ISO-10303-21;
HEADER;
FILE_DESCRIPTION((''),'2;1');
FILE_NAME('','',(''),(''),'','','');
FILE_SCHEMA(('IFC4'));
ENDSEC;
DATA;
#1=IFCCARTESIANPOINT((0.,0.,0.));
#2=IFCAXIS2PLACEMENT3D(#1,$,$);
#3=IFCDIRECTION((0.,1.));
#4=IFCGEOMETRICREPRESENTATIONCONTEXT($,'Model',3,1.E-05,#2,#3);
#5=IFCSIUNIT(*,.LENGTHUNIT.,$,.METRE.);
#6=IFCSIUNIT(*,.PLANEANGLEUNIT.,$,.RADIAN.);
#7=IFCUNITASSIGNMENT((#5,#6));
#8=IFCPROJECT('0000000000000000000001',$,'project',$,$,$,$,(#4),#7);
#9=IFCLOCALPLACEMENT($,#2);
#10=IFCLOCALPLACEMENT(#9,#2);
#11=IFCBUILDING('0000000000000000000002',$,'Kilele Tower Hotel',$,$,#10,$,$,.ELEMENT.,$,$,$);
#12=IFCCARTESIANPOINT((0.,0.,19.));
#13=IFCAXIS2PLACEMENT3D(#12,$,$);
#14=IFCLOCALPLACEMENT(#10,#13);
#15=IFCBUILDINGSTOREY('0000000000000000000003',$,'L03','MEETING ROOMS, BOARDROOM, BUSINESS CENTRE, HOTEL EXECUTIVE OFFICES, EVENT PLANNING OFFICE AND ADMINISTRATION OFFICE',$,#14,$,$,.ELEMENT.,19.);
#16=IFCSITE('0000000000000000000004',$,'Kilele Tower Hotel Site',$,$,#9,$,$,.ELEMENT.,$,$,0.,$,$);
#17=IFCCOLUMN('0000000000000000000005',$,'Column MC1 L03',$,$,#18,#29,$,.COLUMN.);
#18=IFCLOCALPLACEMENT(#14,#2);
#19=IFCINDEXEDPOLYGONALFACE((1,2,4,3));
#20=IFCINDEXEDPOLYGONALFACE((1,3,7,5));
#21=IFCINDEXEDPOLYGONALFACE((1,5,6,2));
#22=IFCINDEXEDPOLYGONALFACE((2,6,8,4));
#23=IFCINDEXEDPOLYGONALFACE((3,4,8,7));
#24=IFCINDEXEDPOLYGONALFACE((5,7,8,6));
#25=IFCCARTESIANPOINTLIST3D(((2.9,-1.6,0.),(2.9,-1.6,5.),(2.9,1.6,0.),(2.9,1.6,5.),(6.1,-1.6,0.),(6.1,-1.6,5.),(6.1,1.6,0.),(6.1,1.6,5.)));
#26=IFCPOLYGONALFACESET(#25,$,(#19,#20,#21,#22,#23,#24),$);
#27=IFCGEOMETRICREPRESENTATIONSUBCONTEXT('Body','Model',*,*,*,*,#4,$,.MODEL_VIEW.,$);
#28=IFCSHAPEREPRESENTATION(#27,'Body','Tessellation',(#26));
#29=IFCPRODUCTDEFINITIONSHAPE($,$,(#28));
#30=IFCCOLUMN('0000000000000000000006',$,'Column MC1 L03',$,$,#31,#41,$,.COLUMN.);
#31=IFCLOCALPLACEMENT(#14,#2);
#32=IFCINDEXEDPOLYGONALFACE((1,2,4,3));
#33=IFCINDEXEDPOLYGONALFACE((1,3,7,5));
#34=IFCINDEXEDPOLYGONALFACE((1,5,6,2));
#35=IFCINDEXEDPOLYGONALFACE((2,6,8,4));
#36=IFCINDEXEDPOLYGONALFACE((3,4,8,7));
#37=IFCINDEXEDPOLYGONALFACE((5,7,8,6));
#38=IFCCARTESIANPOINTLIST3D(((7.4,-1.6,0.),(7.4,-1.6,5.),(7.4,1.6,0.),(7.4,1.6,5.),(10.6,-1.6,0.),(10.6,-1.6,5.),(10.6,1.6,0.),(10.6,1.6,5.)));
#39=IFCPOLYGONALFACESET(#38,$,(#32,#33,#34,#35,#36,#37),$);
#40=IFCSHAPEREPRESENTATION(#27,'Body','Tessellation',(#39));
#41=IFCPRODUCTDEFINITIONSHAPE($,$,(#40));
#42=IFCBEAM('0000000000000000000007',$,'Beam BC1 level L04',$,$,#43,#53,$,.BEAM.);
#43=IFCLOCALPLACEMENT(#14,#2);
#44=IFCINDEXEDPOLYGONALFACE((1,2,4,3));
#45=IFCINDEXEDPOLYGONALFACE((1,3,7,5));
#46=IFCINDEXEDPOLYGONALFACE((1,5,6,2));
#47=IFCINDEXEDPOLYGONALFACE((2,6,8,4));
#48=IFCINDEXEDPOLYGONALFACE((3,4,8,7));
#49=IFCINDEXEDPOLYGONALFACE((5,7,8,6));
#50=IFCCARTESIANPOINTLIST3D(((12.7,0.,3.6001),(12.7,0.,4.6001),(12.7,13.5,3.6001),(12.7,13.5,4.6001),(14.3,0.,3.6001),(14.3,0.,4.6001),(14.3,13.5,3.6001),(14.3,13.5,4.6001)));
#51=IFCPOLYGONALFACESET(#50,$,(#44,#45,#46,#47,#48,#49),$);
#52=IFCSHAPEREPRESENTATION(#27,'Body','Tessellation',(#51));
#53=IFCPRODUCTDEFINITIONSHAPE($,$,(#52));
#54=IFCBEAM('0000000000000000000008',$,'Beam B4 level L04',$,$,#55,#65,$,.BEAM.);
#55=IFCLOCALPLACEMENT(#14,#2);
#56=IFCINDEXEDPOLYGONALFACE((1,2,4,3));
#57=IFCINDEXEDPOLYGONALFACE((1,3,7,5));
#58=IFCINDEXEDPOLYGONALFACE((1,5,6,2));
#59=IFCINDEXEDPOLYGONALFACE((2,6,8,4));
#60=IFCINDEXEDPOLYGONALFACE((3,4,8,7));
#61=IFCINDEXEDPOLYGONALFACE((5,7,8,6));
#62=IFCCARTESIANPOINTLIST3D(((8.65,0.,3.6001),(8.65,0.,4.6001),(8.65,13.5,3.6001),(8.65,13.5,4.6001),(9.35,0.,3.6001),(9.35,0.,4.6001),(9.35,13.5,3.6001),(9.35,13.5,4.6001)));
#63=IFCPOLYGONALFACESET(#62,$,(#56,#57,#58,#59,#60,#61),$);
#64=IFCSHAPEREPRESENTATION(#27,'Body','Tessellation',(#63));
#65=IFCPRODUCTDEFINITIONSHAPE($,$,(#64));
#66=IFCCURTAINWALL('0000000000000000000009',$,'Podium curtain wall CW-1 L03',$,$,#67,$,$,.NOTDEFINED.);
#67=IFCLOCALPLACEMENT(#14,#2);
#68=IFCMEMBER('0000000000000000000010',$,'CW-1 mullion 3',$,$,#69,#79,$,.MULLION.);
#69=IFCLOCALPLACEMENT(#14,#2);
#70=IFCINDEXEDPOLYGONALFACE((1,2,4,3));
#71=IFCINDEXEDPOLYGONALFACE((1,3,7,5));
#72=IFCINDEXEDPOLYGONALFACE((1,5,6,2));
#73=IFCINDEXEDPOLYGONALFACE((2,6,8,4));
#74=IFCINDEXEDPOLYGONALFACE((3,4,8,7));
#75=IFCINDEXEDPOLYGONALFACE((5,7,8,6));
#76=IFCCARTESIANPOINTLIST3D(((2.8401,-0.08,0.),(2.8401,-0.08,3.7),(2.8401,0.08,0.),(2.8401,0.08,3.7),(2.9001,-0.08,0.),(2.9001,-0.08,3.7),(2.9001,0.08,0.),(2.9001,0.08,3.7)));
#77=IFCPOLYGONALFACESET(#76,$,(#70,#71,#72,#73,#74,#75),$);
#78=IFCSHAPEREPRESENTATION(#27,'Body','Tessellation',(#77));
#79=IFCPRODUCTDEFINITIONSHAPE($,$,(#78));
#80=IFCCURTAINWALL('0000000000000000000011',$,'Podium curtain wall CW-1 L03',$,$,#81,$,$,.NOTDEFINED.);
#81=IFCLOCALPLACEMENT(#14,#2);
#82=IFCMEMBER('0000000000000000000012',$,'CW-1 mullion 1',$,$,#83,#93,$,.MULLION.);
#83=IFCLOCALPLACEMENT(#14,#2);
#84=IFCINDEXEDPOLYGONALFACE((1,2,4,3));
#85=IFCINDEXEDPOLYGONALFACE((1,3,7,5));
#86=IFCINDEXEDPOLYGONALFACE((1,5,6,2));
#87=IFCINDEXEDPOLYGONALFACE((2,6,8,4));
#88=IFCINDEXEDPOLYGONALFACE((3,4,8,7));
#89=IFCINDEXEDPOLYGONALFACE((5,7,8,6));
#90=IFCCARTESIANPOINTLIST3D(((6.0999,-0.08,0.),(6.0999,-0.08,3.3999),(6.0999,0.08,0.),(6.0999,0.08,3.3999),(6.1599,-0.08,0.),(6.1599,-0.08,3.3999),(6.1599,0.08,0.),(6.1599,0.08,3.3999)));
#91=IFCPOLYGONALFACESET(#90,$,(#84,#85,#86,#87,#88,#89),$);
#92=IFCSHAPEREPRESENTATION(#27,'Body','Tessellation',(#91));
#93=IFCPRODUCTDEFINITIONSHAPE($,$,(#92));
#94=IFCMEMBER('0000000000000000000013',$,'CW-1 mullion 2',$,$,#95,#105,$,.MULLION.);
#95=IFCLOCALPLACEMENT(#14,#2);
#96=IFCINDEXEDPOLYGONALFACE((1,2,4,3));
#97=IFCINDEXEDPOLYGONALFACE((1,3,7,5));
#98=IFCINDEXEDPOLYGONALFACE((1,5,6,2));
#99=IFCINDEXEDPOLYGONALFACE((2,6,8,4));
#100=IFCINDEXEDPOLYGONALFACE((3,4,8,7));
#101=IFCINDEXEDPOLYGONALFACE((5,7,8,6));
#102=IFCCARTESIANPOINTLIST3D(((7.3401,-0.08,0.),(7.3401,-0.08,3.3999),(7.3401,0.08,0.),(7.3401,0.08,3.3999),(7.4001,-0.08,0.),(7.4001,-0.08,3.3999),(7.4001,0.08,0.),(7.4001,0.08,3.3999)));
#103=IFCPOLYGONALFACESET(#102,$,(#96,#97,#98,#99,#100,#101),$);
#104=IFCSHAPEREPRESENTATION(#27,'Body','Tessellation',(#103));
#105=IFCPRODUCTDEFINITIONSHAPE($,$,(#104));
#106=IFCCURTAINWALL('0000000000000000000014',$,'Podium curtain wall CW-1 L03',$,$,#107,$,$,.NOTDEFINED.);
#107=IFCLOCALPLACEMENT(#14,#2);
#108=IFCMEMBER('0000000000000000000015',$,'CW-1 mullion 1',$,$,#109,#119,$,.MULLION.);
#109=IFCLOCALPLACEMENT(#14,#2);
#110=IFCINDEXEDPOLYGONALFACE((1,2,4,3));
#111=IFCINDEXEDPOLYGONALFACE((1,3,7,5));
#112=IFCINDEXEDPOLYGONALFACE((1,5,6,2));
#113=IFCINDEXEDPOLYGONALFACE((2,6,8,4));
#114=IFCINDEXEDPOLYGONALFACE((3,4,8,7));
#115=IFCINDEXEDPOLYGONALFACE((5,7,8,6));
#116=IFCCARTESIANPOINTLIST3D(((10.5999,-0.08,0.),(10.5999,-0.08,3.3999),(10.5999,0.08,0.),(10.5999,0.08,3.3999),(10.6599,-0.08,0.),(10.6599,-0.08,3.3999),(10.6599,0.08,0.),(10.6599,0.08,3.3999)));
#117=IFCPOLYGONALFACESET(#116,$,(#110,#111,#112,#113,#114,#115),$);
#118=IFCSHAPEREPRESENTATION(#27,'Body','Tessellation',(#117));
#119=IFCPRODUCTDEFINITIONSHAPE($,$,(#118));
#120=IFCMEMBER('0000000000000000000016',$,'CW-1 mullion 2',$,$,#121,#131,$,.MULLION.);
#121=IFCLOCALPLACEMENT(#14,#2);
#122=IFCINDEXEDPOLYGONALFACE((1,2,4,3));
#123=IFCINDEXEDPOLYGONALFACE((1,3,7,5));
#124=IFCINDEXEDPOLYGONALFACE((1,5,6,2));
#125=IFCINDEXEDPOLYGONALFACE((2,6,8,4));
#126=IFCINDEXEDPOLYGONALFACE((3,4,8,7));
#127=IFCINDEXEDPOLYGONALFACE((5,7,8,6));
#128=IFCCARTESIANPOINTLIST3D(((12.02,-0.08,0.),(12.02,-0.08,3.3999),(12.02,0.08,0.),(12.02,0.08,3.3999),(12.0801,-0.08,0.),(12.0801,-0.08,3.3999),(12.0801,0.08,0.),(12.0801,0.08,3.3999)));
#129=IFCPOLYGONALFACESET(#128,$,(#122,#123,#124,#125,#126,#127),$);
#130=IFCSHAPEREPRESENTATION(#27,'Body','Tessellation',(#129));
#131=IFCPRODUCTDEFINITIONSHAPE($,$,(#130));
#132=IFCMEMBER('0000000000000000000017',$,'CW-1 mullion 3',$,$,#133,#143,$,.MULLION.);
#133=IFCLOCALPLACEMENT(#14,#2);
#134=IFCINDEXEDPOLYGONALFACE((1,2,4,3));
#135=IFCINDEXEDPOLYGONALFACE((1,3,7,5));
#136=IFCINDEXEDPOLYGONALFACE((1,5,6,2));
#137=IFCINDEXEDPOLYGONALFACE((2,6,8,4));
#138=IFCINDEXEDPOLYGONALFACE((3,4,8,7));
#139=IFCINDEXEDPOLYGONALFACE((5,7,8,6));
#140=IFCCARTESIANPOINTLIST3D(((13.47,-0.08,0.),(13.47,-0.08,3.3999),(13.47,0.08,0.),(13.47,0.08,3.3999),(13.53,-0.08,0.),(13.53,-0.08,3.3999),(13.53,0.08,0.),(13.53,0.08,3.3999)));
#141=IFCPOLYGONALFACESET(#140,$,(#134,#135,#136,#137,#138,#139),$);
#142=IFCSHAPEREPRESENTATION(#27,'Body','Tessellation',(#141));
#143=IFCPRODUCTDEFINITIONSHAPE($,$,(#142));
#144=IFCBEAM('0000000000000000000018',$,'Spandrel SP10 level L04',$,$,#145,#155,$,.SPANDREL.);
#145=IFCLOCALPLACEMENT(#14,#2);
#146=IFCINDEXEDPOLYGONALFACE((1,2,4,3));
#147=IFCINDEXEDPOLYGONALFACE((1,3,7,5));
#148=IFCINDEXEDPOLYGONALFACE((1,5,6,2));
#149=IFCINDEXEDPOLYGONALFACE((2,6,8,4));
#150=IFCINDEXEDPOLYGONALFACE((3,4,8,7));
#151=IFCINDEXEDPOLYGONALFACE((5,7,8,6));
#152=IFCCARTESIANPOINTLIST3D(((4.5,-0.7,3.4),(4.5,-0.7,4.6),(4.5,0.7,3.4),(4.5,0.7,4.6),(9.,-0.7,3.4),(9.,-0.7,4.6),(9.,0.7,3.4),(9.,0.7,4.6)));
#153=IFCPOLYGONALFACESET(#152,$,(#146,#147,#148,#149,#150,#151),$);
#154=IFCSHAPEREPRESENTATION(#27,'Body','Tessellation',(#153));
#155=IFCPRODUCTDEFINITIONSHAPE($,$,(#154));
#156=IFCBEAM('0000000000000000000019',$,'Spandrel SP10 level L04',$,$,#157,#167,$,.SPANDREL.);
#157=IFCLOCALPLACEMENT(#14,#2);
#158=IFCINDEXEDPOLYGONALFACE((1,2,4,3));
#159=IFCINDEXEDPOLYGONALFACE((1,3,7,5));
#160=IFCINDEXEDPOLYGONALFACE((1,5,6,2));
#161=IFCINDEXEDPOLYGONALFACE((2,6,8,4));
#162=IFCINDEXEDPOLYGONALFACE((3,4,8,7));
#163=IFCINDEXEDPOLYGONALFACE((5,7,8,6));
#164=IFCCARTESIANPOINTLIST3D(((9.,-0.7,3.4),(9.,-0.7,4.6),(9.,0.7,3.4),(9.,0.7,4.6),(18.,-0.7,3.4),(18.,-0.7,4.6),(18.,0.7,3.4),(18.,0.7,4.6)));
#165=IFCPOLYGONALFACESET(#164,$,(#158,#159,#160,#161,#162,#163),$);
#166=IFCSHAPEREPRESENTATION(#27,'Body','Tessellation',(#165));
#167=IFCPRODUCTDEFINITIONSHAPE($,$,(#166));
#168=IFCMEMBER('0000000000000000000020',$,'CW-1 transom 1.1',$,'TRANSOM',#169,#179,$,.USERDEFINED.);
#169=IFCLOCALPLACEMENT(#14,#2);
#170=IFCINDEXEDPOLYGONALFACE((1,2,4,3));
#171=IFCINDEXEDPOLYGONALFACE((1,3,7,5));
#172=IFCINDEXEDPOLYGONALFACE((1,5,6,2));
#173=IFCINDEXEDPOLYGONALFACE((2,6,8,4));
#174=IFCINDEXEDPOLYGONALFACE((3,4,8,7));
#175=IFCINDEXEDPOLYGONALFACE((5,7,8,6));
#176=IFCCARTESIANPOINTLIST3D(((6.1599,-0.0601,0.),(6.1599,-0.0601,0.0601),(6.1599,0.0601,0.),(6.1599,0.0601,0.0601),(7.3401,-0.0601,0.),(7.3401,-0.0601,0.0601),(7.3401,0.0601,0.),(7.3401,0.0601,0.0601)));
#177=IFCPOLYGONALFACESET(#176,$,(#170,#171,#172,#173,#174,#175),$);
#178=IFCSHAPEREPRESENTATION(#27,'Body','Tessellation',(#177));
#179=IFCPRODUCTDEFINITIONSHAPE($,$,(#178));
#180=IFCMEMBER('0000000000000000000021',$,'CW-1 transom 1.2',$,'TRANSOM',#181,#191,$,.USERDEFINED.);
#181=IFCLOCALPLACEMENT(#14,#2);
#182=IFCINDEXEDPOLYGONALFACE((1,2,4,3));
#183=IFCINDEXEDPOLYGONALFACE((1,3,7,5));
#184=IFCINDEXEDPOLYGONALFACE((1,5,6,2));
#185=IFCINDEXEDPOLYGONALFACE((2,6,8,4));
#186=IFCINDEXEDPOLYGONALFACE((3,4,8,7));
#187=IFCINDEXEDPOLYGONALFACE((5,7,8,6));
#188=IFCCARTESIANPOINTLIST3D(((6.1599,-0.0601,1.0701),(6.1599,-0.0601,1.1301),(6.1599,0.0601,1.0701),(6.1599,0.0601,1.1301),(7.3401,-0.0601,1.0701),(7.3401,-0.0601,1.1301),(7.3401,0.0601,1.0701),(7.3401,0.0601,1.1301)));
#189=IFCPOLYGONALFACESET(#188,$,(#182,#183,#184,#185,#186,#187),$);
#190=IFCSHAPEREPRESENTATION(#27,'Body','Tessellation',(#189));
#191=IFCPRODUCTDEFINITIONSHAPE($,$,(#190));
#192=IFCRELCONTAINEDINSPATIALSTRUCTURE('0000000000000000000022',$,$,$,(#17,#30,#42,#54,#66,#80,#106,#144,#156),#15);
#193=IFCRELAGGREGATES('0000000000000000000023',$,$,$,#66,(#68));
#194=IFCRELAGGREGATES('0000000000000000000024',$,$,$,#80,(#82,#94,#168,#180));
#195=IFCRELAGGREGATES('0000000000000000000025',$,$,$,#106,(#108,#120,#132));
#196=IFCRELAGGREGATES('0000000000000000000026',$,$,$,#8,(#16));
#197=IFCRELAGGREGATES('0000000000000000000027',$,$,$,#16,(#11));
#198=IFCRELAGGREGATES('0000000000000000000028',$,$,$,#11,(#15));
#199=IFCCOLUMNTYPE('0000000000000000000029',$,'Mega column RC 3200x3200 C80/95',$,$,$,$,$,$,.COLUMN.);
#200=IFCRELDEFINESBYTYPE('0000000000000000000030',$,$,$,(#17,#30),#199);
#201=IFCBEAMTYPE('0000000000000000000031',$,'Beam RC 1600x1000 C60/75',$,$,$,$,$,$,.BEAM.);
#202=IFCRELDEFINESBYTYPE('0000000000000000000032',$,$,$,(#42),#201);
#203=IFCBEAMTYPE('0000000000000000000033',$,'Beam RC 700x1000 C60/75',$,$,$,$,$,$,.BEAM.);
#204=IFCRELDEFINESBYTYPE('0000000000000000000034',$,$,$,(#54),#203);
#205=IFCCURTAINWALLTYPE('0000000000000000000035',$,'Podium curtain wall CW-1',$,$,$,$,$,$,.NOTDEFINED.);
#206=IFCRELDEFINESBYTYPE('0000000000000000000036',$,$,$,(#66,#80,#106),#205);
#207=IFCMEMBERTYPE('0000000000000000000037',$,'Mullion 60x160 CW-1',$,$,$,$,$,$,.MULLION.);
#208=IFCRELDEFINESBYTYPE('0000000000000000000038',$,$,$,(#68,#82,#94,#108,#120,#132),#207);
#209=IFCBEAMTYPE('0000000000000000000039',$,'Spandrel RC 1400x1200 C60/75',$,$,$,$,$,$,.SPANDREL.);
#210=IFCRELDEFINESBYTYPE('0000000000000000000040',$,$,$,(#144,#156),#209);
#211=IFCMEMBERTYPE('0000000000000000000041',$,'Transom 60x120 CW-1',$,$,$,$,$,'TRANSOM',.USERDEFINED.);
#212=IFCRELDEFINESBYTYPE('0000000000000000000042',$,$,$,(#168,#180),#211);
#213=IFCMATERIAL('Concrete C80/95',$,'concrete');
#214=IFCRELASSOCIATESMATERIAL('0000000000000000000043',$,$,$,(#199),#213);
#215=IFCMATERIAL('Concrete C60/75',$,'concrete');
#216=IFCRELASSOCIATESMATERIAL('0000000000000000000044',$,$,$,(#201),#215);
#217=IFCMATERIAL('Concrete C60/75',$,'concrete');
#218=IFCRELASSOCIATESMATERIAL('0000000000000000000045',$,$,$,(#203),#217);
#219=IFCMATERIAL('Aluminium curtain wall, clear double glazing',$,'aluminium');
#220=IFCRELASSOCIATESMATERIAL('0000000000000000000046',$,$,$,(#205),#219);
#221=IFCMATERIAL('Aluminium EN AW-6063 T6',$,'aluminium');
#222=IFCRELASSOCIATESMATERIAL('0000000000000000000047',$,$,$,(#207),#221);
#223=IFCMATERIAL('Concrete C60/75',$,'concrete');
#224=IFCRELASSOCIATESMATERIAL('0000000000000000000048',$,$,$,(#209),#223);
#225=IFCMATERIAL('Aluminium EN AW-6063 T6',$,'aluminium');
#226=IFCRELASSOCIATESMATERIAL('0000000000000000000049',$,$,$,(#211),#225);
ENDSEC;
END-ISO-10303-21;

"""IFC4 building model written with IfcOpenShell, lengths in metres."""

from ifc_helpers import new_model, si_unit, direction, frame, origin, origin_2d, place, context, subcontext, project, spatial, rectangle, extrude, material, material_profile, profile_set, type_object, element, aggregate, save


model = new_model("IFC4")

# Units and contexts
model_context = context("Model", 3, precision=1e-05, world=origin(), true_north=direction((0.0, 1.0)))
body_context = subcontext(model_context, "Body", "Model", "MODEL_VIEW")
ifc_project = project(units=[si_unit("LENGTHUNIT", "METRE"), si_unit("PLANEANGLEUNIT", "RADIAN")], contexts=[model_context])

# Site, building, storey
site_placement = place(None, origin())
site = spatial("IfcSite", under=ifc_project, at=site_placement, Name="Kilele Tower Hotel Site", CompositionType="ELEMENT", RefElevation=0.0)
building_placement = place(site_placement, origin())
building = spatial("IfcBuilding", under=site, at=building_placement, Name="Kilele Tower Hotel", CompositionType="ELEMENT")
storey_placement = place(building_placement, frame((0.0, 0.0, 19.0)))
storey = spatial("IfcBuildingStorey", under=building, at=storey_placement, Name="L03", Description="MEETING ROOMS, BOARDROOM, BUSINESS CENTRE, HOTEL EXECUTIVE OFFICES, EVENT PLANNING OFFICE AND ADMINISTRATION OFFICE", CompositionType="ELEMENT", Elevation=19.0)

# Columns
ifc_material_1 = material(Name="Concrete C80/95", Category="concrete")
ifc_material_profile_1 = material_profile(ifc_material_1, rectangle(XDim=3.2, YDim=3.2, at=origin_2d()))
ifc_profile_set_1 = profile_set([ifc_material_profile_1], Name="Concrete C80/95")
column_type = type_object("IfcColumnType", Name="Mega column RC 3200x3200 C80/95", PredefinedType="COLUMN", material=ifc_profile_set_1)
for number, where, z_axis, x_axis, name in (
    (1, (4.5, 0.0, 0.0), (0.0, 0.0, 1.0), (1.0, 0.0, 0.0), "Column MC1 L03"),
    (2, (9.0, 0.0, 0.0), (0.0, 0.0, 1.0), (1.0, 0.0, 0.0), "Column MC1 L03"),
):
    element("IfcColumn", number, at=place(storey_placement, frame(where, z_axis=z_axis, x_axis=x_axis)), inside=storey, type_object=column_type, Name=name, PredefinedType="COLUMN", context=body_context, shape_type="SweptSolid", body=[
        extrude(rectangle(XDim=3.2, YDim=3.2, at=origin_2d()), origin(), (0.0, 0.0, 1.0), 5.0),
    ])

# Beams
ifc_material_2 = material(Name="Concrete C60/75", Category="concrete")
ifc_material_profile_2 = material_profile(ifc_material_2, rectangle(XDim=1.6001, YDim=1.0, at=origin_2d()))
ifc_profile_set_2 = profile_set([ifc_material_profile_2], Name="Concrete C60/75")
beam_type_1 = type_object("IfcBeamType", Name="Beam RC 1600x1000 C60/75", PredefinedType="BEAM", material=ifc_profile_set_2)
beam_1_placement = place(storey_placement, frame((13.5, 0.0, 4.1001), z_axis=(0.0, 1.0, 0.0), x_axis=(-1.0, 0.0, 0.0)))
element("IfcBeam", 3, at=beam_1_placement, inside=storey, type_object=beam_type_1, Name="Beam BC1 level L04", PredefinedType="BEAM", context=body_context, shape_type="SweptSolid", body=[
    extrude(rectangle(XDim=1.6001, YDim=1.0, at=origin_2d()), origin(), (0.0, 0.0, 1.0), 13.5),
])
ifc_material_3 = material(Name="Concrete C60/75", Category="concrete")
ifc_material_profile_3 = material_profile(ifc_material_3, rectangle(XDim=0.7, YDim=1.0, at=origin_2d()))
ifc_profile_set_3 = profile_set([ifc_material_profile_3], Name="Concrete C60/75")
beam_type_2 = type_object("IfcBeamType", Name="Beam RC 700x1000 C60/75", PredefinedType="BEAM", material=ifc_profile_set_3)
beam_2_placement = place(storey_placement, frame((9.0, 0.0, 4.1001), z_axis=(0.0, 1.0, 0.0), x_axis=(-1.0, 0.0, 0.0)))
element("IfcBeam", 4, at=beam_2_placement, inside=storey, type_object=beam_type_2, Name="Beam B4 level L04", PredefinedType="BEAM", context=body_context, shape_type="SweptSolid", body=[
    extrude(rectangle(XDim=0.7, YDim=1.0, at=origin_2d()), origin(), (0.0, 0.0, 1.0), 13.5),
])

# Curtain wall, member
ifc_material_4 = material(Name="Aluminium curtain wall, clear double glazing", Category="aluminium")
curtain_wall_type = type_object("IfcCurtainWallType", Name="Podium curtain wall CW-1", PredefinedType="NOTDEFINED", material=ifc_material_4)
curtain_wall_1_placement = place(storey_placement, origin())
curtain_wall_1 = element("IfcCurtainWall", 5, at=curtain_wall_1_placement, inside=storey, type_object=curtain_wall_type, Name="Podium curtain wall CW-1 L03", PredefinedType="NOTDEFINED")
ifc_material_5 = material(Name="Aluminium EN AW-6063 T6", Category="aluminium")
ifc_material_profile_4 = material_profile(ifc_material_5, rectangle(XDim=0.1599, YDim=0.0601, at=origin_2d()))
ifc_profile_set_4 = profile_set([ifc_material_profile_4], Name="Aluminium EN AW-6063 T6")
member_type_1 = type_object("IfcMemberType", Name="Mullion 60x160 CW-1", PredefinedType="MULLION", material=ifc_profile_set_4)
member_1_placement = place(storey_placement, frame((2.8701, 0.0, 0.0), z_axis=(0.0, 0.0, 1.0), x_axis=(0.0, 1.0, 0.0)))
member_1 = element("IfcMember", 6, at=member_1_placement, type_object=member_type_1, Name="CW-1 mullion 3", PredefinedType="MULLION", context=body_context, shape_type="SweptSolid", body=[
    extrude(rectangle(XDim=0.1599, YDim=0.0601, at=origin_2d()), origin(), (0.0, 0.0, 1.0), 3.7),
])

# Curtain walls, members
curtain_wall_2_placement = place(storey_placement, origin())
curtain_wall_2 = element("IfcCurtainWall", 7, at=curtain_wall_2_placement, inside=storey, type_object=curtain_wall_type, Name="Podium curtain wall CW-1 L03", PredefinedType="NOTDEFINED")
member_2_placement = place(storey_placement, frame((6.1299, 0.0, 0.0), z_axis=(0.0, 0.0, 1.0), x_axis=(0.0, 1.0, 0.0)))
member_2 = element("IfcMember", 8, at=member_2_placement, type_object=member_type_1, Name="CW-1 mullion 1", PredefinedType="MULLION", context=body_context, shape_type="SweptSolid", body=[
    extrude(rectangle(XDim=0.1599, YDim=0.0601, at=origin_2d()), origin(), (0.0, 0.0, 1.0), 3.3999),
])
member_3_placement = place(storey_placement, frame((7.3701, 0.0, 0.0), z_axis=(0.0, 0.0, 1.0), x_axis=(0.0, 1.0, 0.0)))
member_3 = element("IfcMember", 9, at=member_3_placement, type_object=member_type_1, Name="CW-1 mullion 2", PredefinedType="MULLION", context=body_context, shape_type="SweptSolid", body=[
    extrude(rectangle(XDim=0.1599, YDim=0.0601, at=origin_2d()), origin(), (0.0, 0.0, 1.0), 3.3999),
])
curtain_wall_3_placement = place(storey_placement, origin())
curtain_wall_3 = element("IfcCurtainWall", 10, at=curtain_wall_3_placement, inside=storey, type_object=curtain_wall_type, Name="Podium curtain wall CW-1 L03", PredefinedType="NOTDEFINED")
member_4_placement = place(storey_placement, frame((10.6299, 0.0, 0.0), z_axis=(0.0, 0.0, 1.0), x_axis=(0.0, 1.0, 0.0)))
member_4 = element("IfcMember", 11, at=member_4_placement, type_object=member_type_1, Name="CW-1 mullion 1", PredefinedType="MULLION", context=body_context, shape_type="SweptSolid", body=[
    extrude(rectangle(XDim=0.1599, YDim=0.0601, at=origin_2d()), origin(), (0.0, 0.0, 1.0), 3.3999),
])
member_5_placement = place(storey_placement, frame((12.05, 0.0, 0.0), z_axis=(0.0, 0.0, 1.0), x_axis=(0.0, 1.0, 0.0)))
member_5 = element("IfcMember", 12, at=member_5_placement, type_object=member_type_1, Name="CW-1 mullion 2", PredefinedType="MULLION", context=body_context, shape_type="SweptSolid", body=[
    extrude(rectangle(XDim=0.1599, YDim=0.0601, at=origin_2d()), origin(), (0.0, 0.0, 1.0), 3.3999),
])
member_6_placement = place(storey_placement, frame((13.5, 0.0, 0.0), z_axis=(0.0, 0.0, 1.0), x_axis=(0.0, 1.0, 0.0)))
member_6 = element("IfcMember", 13, at=member_6_placement, type_object=member_type_1, Name="CW-1 mullion 3", PredefinedType="MULLION", context=body_context, shape_type="SweptSolid", body=[
    extrude(rectangle(XDim=0.1599, YDim=0.0601, at=origin_2d()), origin(), (0.0, 0.0, 1.0), 3.3999),
])

# Beams
ifc_material_6 = material(Name="Concrete C60/75", Category="concrete")
ifc_material_profile_5 = material_profile(ifc_material_6, rectangle(XDim=1.3999, YDim=1.2, at=origin_2d()))
ifc_profile_set_5 = profile_set([ifc_material_profile_5], Name="Concrete C60/75")
beam_type_3 = type_object("IfcBeamType", Name="Spandrel RC 1400x1200 C60/75", PredefinedType="SPANDREL", material=ifc_profile_set_5)
beam_3_placement = place(storey_placement, frame((4.5, 0.0, 4.0), z_axis=(1.0, 0.0, 0.0), x_axis=(0.0, 1.0, 0.0)))
element("IfcBeam", 14, at=beam_3_placement, inside=storey, type_object=beam_type_3, Name="Spandrel SP10 level L04", PredefinedType="SPANDREL", context=body_context, shape_type="SweptSolid", body=[
    extrude(rectangle(XDim=1.3999, YDim=1.2, at=origin_2d()), origin(), (0.0, 0.0, 1.0), 4.5),
])
beam_4_placement = place(storey_placement, frame((9.0, 0.0, 4.0), z_axis=(1.0, 0.0, 0.0), x_axis=(0.0, 1.0, 0.0)))
element("IfcBeam", 15, at=beam_4_placement, inside=storey, type_object=beam_type_3, Name="Spandrel SP10 level L04", PredefinedType="SPANDREL", context=body_context, shape_type="SweptSolid", body=[
    extrude(rectangle(XDim=1.3999, YDim=1.2, at=origin_2d()), origin(), (0.0, 0.0, 1.0), 9.0),
])

# Members
ifc_material_7 = material(Name="Aluminium EN AW-6063 T6", Category="aluminium")
ifc_material_profile_6 = material_profile(ifc_material_7, rectangle(XDim=0.1201, YDim=0.0601, at=origin_2d()))
ifc_profile_set_6 = profile_set([ifc_material_profile_6], Name="Aluminium EN AW-6063 T6")
member_type_2 = type_object("IfcMemberType", Name="Transom 60x120 CW-1", ElementType="TRANSOM", PredefinedType="USERDEFINED", material=ifc_profile_set_6)
member_7_placement = place(storey_placement, frame((6.1599, 0.0, 0.03), z_axis=(1.0, 0.0, 0.0), x_axis=(0.0, 1.0, 0.0)))
member_7 = element("IfcMember", 16, at=member_7_placement, type_object=member_type_2, Name="CW-1 transom 1.1", ObjectType="TRANSOM", PredefinedType="USERDEFINED", context=body_context, shape_type="SweptSolid", body=[
    extrude(rectangle(XDim=0.1201, YDim=0.0601, at=origin_2d()), origin(), (0.0, 0.0, 1.0), 1.1802),
])
member_8_placement = place(storey_placement, frame((6.1599, 0.0, 1.1001), z_axis=(1.0, 0.0, 0.0), x_axis=(0.0, 1.0, 0.0)))
member_8 = element("IfcMember", 17, at=member_8_placement, type_object=member_type_2, Name="CW-1 transom 1.2", ObjectType="TRANSOM", PredefinedType="USERDEFINED", context=body_context, shape_type="SweptSolid", body=[
    extrude(rectangle(XDim=0.1201, YDim=0.0601, at=origin_2d()), origin(), (0.0, 0.0, 1.0), 1.1802),
])

aggregate(curtain_wall_1, [member_1])
aggregate(curtain_wall_2, [member_2, member_3, member_7, member_8])
aggregate(curtain_wall_3, [member_4, member_5, member_6])

save(model, "model.ifc")
